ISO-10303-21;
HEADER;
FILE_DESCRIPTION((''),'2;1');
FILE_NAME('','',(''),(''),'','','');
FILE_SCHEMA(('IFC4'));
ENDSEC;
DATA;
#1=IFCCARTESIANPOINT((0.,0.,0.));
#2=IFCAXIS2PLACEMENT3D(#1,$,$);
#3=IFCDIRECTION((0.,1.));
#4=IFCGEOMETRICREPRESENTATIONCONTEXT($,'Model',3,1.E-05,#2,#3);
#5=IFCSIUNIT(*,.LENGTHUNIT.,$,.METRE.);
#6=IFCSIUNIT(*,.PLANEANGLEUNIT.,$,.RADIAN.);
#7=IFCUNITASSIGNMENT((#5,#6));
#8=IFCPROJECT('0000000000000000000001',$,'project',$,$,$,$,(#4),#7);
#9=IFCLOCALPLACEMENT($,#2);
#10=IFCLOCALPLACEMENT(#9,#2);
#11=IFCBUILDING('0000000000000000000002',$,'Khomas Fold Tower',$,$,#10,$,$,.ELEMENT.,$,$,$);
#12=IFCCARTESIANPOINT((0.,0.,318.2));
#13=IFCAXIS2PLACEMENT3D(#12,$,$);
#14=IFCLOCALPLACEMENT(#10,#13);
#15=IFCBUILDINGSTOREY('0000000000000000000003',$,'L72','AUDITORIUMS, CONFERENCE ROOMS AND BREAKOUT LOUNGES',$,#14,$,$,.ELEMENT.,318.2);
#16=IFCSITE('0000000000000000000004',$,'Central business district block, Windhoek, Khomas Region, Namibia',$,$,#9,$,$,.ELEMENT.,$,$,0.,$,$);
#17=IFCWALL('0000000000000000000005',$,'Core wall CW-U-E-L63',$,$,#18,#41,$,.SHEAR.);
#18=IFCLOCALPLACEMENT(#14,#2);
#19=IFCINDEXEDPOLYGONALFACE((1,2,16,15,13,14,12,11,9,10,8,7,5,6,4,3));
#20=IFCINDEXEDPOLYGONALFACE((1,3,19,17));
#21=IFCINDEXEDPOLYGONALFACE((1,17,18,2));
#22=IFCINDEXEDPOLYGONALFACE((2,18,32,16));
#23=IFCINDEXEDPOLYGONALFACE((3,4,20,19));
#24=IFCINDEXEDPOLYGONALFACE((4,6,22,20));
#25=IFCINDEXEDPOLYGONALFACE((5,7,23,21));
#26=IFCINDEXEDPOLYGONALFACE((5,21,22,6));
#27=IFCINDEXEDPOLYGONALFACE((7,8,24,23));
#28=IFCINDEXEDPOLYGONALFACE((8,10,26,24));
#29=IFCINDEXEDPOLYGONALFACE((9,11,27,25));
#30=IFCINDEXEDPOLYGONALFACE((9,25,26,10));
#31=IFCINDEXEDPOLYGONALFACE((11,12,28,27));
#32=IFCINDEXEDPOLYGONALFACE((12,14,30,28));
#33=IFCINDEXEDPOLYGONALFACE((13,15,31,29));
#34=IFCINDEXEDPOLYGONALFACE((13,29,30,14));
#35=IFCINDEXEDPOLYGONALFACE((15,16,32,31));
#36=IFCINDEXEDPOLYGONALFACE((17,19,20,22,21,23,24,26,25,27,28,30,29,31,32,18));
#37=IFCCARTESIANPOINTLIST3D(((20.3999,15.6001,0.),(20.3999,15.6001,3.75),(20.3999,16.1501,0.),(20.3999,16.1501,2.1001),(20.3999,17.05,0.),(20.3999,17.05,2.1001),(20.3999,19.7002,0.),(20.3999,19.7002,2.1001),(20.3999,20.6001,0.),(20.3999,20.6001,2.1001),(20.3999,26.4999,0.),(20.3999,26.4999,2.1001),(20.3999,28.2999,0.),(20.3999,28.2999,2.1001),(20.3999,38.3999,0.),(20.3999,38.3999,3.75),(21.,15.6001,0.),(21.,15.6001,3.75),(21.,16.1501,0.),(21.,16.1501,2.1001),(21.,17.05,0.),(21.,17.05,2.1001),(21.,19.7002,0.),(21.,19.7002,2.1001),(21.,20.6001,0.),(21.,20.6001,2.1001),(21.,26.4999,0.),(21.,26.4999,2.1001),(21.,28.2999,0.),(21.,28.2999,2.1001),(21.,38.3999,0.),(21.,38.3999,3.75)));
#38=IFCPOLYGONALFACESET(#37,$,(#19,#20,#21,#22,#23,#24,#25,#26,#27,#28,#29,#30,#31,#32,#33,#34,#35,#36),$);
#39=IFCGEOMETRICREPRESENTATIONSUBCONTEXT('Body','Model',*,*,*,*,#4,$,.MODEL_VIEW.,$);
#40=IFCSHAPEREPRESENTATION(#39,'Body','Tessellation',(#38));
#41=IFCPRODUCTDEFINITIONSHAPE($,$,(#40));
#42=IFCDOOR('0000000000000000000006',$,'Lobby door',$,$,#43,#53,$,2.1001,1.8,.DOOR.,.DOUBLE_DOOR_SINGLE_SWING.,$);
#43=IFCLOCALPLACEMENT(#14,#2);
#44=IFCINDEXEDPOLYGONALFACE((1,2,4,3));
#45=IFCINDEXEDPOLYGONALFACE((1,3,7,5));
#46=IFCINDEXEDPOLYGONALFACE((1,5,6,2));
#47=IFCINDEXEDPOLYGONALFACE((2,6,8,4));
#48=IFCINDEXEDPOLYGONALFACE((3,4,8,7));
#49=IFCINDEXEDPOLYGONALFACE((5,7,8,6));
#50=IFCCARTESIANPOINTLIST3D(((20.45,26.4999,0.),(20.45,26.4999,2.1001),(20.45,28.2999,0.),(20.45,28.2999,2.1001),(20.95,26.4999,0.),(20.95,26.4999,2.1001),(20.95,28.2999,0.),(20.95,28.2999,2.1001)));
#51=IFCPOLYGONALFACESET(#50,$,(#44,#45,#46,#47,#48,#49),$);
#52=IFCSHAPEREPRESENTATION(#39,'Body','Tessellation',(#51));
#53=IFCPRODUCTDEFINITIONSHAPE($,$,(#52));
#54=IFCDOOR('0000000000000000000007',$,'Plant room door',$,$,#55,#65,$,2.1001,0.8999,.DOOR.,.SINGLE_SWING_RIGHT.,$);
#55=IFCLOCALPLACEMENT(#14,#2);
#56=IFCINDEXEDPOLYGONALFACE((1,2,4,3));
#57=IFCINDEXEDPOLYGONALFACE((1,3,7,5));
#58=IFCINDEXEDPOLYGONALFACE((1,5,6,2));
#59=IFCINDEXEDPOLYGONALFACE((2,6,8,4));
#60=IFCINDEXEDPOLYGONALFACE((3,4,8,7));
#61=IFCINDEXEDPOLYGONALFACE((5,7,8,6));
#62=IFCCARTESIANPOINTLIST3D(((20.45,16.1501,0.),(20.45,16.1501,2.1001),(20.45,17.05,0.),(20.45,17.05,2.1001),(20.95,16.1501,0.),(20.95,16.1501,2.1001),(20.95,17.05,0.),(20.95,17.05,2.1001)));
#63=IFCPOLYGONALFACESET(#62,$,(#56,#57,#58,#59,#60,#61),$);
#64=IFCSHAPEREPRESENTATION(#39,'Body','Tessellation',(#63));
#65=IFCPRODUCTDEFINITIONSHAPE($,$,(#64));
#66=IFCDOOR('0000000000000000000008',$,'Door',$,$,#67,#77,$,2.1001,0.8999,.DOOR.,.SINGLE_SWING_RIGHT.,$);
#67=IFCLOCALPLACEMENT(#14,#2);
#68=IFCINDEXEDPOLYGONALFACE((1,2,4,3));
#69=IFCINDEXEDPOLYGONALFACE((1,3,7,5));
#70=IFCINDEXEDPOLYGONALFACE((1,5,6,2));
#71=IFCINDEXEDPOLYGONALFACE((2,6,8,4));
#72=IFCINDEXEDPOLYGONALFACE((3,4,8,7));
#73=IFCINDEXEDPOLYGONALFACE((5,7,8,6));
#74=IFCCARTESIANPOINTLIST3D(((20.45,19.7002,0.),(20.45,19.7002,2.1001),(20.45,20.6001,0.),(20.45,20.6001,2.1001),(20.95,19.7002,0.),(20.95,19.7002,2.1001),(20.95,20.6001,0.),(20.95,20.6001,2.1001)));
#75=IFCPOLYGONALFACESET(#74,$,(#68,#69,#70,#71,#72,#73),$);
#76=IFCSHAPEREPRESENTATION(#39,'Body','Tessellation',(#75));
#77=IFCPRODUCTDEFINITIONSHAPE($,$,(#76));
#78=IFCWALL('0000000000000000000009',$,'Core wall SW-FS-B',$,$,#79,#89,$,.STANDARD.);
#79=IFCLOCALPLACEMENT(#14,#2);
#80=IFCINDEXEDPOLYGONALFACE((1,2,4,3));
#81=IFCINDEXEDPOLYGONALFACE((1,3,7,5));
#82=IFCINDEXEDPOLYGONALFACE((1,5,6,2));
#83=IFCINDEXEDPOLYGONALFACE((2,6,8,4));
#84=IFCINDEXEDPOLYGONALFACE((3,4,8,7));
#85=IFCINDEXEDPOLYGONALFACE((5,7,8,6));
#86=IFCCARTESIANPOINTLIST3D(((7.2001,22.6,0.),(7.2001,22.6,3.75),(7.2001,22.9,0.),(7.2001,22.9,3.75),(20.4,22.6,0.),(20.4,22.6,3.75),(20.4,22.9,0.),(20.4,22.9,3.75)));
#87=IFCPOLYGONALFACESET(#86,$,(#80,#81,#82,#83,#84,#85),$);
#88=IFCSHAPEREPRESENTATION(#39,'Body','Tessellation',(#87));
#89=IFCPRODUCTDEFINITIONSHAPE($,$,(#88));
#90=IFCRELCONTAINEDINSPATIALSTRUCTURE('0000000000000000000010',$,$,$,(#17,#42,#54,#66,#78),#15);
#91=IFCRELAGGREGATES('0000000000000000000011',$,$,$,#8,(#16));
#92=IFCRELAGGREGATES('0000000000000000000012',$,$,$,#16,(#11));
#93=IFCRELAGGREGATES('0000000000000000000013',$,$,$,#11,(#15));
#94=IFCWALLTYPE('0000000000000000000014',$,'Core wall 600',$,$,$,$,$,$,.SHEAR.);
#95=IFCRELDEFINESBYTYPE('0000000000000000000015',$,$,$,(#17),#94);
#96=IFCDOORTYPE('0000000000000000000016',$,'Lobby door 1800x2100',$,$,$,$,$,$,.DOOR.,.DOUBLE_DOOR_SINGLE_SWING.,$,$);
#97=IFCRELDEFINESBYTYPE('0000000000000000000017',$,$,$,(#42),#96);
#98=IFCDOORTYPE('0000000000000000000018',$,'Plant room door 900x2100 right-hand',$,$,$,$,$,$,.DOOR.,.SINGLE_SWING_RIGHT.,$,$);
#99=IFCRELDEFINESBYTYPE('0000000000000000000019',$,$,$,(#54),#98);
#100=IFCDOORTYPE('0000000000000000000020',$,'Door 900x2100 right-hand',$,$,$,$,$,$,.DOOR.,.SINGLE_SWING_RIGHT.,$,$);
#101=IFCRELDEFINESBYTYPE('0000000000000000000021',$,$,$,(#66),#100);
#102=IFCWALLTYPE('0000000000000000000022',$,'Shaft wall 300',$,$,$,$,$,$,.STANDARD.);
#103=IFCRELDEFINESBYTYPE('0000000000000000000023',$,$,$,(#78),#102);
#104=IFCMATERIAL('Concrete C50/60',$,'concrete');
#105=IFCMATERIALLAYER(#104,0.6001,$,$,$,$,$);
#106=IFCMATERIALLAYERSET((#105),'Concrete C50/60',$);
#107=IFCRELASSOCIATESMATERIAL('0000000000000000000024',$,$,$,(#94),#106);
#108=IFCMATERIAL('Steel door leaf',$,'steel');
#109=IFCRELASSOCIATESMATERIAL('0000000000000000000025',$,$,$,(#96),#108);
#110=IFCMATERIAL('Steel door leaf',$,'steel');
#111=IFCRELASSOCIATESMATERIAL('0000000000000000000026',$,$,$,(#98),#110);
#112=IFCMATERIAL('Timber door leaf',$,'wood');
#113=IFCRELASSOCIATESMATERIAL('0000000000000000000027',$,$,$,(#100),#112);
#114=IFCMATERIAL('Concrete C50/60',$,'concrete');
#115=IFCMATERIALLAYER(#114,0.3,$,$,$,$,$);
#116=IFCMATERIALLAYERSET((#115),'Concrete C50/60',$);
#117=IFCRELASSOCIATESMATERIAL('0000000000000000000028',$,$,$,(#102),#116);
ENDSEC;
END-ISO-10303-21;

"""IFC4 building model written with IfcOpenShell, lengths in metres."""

from ifc_helpers import new_model, si_unit, direction, frame, frame_2d, origin, place, context, subcontext, project, spatial, rectangle, extrude, source, transform, mapped, material, layer, layer_set, type_object, element, fill, save


model = new_model("IFC4")

# Units and contexts
model_context = context("Model", 3, precision=1e-05, world=origin(), true_north=direction((0.0, 1.0)))
body_context = subcontext(model_context, "Body", "Model", "MODEL_VIEW")
ifc_project = project(units=[si_unit("LENGTHUNIT", "METRE"), si_unit("PLANEANGLEUNIT", "RADIAN")], contexts=[model_context])

# Site, building, storey
site_placement = place(None, origin())
site = spatial("IfcSite", under=ifc_project, at=site_placement, Name="Central business district block, Windhoek, Khomas Region, Namibia", CompositionType="ELEMENT", RefElevation=0.0)
building_placement = place(site_placement, origin())
building = spatial("IfcBuilding", under=site, at=building_placement, Name="Khomas Fold Tower", CompositionType="ELEMENT")
storey_placement = place(building_placement, frame((0.0, 0.0, 318.2)))
storey = spatial("IfcBuildingStorey", under=building, at=storey_placement, Name="L72", Description="AUDITORIUMS, CONFERENCE ROOMS AND BREAKOUT LOUNGES", CompositionType="ELEMENT", Elevation=318.2)

# Wall, openings, doors
ifc_material_1 = material(Name="Concrete C50/60", Category="concrete")
ifc_layer_1 = layer(ifc_material_1, 0.6001)
ifc_layer_set_1 = layer_set([ifc_layer_1], Name="Concrete C50/60")
wall_type_1 = type_object("IfcWallType", Name="Core wall 600", PredefinedType="SHEAR", material=ifc_layer_set_1)
shared_shape_1 = source(origin(), body_context, "Body", "SweptSolid", [
    extrude(rectangle(XDim=22.7998, YDim=0.6001, at=frame_2d((11.3999, 0.0))), origin(), (0.0, 0.0, 1.0), 3.75),
])
wall_1_placement = place(storey_placement, frame((20.7, 15.6001, 0.0), z_axis=(0.0, 0.0, 1.0), x_axis=(0.0, 1.0, 0.0)))
wall_1 = element("IfcWall", 1, at=wall_1_placement, inside=storey, type_object=wall_type_1, Name="Core wall CW-U-E-L63", PredefinedType="SHEAR", context=body_context, shape_type="MappedRepresentation", body=[
    mapped(shared_shape_1, transform((0.0, 0.0, 0.0))),
])
shared_shape_2 = source(origin(), body_context, "Body", "SweptSolid", [
    extrude(rectangle(XDim=1.8, YDim=2.1001, at=frame_2d((0.8999, 1.05))), frame((0.0, 0.3101, 0.0), z_axis=(0.0, -1.0, 0.0), x_axis=(1.0, 0.0, 0.0)), (0.0, 0.0, 1.0), 0.6201),
])
opening_1_placement = place(wall_1_placement, frame((10.8999, 0.0, 0.0)))
opening_1 = element("IfcOpeningElement", 2, at=opening_1_placement, cuts=wall_1, PredefinedType="OPENING", context=body_context, shape_type="MappedRepresentation", body=[
    mapped(shared_shape_2, transform((0.0, 0.0, 0.0))),
])
shared_shape_3 = source(origin(), body_context, "Body", "SweptSolid", [
    extrude(rectangle(XDim=0.8999, YDim=2.1001, at=frame_2d((0.45, 1.05))), frame((0.0, 0.3101, 0.0), z_axis=(0.0, -1.0, 0.0), x_axis=(1.0, 0.0, 0.0)), (0.0, 0.0, 1.0), 0.6201),
])
opening_2_placement = place(wall_1_placement, frame((0.55, 0.0, 0.0)))
opening_2 = element("IfcOpeningElement", 3, at=opening_2_placement, cuts=wall_1, PredefinedType="OPENING", context=body_context, shape_type="MappedRepresentation", body=[
    mapped(shared_shape_3, transform((0.0, 0.0, 0.0))),
])
opening_3_placement = place(wall_1_placement, frame((4.1001, 0.0, 0.0)))
opening_3 = element("IfcOpeningElement", 4, at=opening_3_placement, cuts=wall_1, PredefinedType="OPENING", context=body_context, shape_type="MappedRepresentation", body=[
    mapped(shared_shape_3, transform((0.0, 0.0, 0.0))),
])
ifc_material_2 = material(Name="Steel door leaf", Category="steel")
door_type_1 = type_object("IfcDoorType", Name="Lobby door 1800x2100", OperationType="DOUBLE_DOOR_SINGLE_SWING", PredefinedType="DOOR", material=ifc_material_2)
shared_shape_4 = source(origin(), body_context, "Body", "SweptSolid", [
    extrude(rectangle(XDim=1.8, YDim=2.1001, at=frame_2d((0.8999, 1.05))), frame((0.0, 0.25, 0.0), z_axis=(0.0, -1.0, 0.0), x_axis=(1.0, 0.0, 0.0)), (0.0, 0.0, 1.0), 0.5),
])
door_1_placement = place(opening_1_placement, origin())
door_1 = element("IfcDoor", 5, at=door_1_placement, inside=storey, type_object=door_type_1, Name="Lobby door", OperationType="DOUBLE_DOOR_SINGLE_SWING", OverallHeight=2.1001, OverallWidth=1.8, PredefinedType="DOOR", context=body_context, shape_type="MappedRepresentation", body=[
    mapped(shared_shape_4, transform((0.0, 0.0, 0.0))),
])
fill(opening_1, door_1)
ifc_material_3 = material(Name="Steel door leaf", Category="steel")
door_type_2 = type_object("IfcDoorType", Name="Plant room door 900x2100 right-hand", OperationType="SINGLE_SWING_RIGHT", PredefinedType="DOOR", material=ifc_material_3)
shared_shape_5 = source(origin(), body_context, "Body", "SweptSolid", [
    extrude(rectangle(XDim=0.8999, YDim=2.1001, at=frame_2d((0.45, 1.05))), frame((0.0, 0.25, 0.0), z_axis=(0.0, -1.0, 0.0), x_axis=(1.0, 0.0, 0.0)), (0.0, 0.0, 1.0), 0.5),
])
door_2_placement = place(opening_2_placement, origin())
door_2 = element("IfcDoor", 6, at=door_2_placement, inside=storey, type_object=door_type_2, Name="Plant room door", OperationType="SINGLE_SWING_RIGHT", OverallHeight=2.1001, OverallWidth=0.8999, PredefinedType="DOOR", context=body_context, shape_type="MappedRepresentation", body=[
    mapped(shared_shape_5, transform((0.0, 0.0, 0.0))),
])
fill(opening_2, door_2)
ifc_material_4 = material(Name="Timber door leaf", Category="wood")
door_type_3 = type_object("IfcDoorType", Name="Door 900x2100 right-hand", OperationType="SINGLE_SWING_RIGHT", PredefinedType="DOOR", material=ifc_material_4)
door_3_placement = place(opening_3_placement, origin())
door_3 = element("IfcDoor", 7, at=door_3_placement, inside=storey, type_object=door_type_3, Name="Door", OperationType="SINGLE_SWING_RIGHT", OverallHeight=2.1001, OverallWidth=0.8999, PredefinedType="DOOR", context=body_context, shape_type="MappedRepresentation", body=[
    mapped(shared_shape_5, transform((0.0, 0.0, 0.0))),
])
fill(opening_3, door_3)

# Wall
ifc_material_5 = material(Name="Concrete C50/60", Category="concrete")
ifc_layer_2 = layer(ifc_material_5, 0.3)
ifc_layer_set_2 = layer_set([ifc_layer_2], Name="Concrete C50/60")
wall_type_2 = type_object("IfcWallType", Name="Shaft wall 300", PredefinedType="STANDARD", material=ifc_layer_set_2)
shared_shape_6 = source(origin(), body_context, "Body", "SweptSolid", [
    extrude(rectangle(XDim=13.2, YDim=0.3, at=frame_2d((6.6001, 0.0))), origin(), (0.0, 0.0, 1.0), 3.75),
])
wall_2_placement = place(storey_placement, frame((7.2, 22.75, 0.0), z_axis=(0.0, 0.0, 1.0), x_axis=(1.0, 0.0, 0.0)))
element("IfcWall", 8, at=wall_2_placement, inside=storey, type_object=wall_type_2, Name="Core wall SW-FS-B", PredefinedType="STANDARD", context=body_context, shape_type="MappedRepresentation", body=[
    mapped(shared_shape_6, transform((0.0, 0.0, 0.0))),
])

save(model, "model.ifc")
